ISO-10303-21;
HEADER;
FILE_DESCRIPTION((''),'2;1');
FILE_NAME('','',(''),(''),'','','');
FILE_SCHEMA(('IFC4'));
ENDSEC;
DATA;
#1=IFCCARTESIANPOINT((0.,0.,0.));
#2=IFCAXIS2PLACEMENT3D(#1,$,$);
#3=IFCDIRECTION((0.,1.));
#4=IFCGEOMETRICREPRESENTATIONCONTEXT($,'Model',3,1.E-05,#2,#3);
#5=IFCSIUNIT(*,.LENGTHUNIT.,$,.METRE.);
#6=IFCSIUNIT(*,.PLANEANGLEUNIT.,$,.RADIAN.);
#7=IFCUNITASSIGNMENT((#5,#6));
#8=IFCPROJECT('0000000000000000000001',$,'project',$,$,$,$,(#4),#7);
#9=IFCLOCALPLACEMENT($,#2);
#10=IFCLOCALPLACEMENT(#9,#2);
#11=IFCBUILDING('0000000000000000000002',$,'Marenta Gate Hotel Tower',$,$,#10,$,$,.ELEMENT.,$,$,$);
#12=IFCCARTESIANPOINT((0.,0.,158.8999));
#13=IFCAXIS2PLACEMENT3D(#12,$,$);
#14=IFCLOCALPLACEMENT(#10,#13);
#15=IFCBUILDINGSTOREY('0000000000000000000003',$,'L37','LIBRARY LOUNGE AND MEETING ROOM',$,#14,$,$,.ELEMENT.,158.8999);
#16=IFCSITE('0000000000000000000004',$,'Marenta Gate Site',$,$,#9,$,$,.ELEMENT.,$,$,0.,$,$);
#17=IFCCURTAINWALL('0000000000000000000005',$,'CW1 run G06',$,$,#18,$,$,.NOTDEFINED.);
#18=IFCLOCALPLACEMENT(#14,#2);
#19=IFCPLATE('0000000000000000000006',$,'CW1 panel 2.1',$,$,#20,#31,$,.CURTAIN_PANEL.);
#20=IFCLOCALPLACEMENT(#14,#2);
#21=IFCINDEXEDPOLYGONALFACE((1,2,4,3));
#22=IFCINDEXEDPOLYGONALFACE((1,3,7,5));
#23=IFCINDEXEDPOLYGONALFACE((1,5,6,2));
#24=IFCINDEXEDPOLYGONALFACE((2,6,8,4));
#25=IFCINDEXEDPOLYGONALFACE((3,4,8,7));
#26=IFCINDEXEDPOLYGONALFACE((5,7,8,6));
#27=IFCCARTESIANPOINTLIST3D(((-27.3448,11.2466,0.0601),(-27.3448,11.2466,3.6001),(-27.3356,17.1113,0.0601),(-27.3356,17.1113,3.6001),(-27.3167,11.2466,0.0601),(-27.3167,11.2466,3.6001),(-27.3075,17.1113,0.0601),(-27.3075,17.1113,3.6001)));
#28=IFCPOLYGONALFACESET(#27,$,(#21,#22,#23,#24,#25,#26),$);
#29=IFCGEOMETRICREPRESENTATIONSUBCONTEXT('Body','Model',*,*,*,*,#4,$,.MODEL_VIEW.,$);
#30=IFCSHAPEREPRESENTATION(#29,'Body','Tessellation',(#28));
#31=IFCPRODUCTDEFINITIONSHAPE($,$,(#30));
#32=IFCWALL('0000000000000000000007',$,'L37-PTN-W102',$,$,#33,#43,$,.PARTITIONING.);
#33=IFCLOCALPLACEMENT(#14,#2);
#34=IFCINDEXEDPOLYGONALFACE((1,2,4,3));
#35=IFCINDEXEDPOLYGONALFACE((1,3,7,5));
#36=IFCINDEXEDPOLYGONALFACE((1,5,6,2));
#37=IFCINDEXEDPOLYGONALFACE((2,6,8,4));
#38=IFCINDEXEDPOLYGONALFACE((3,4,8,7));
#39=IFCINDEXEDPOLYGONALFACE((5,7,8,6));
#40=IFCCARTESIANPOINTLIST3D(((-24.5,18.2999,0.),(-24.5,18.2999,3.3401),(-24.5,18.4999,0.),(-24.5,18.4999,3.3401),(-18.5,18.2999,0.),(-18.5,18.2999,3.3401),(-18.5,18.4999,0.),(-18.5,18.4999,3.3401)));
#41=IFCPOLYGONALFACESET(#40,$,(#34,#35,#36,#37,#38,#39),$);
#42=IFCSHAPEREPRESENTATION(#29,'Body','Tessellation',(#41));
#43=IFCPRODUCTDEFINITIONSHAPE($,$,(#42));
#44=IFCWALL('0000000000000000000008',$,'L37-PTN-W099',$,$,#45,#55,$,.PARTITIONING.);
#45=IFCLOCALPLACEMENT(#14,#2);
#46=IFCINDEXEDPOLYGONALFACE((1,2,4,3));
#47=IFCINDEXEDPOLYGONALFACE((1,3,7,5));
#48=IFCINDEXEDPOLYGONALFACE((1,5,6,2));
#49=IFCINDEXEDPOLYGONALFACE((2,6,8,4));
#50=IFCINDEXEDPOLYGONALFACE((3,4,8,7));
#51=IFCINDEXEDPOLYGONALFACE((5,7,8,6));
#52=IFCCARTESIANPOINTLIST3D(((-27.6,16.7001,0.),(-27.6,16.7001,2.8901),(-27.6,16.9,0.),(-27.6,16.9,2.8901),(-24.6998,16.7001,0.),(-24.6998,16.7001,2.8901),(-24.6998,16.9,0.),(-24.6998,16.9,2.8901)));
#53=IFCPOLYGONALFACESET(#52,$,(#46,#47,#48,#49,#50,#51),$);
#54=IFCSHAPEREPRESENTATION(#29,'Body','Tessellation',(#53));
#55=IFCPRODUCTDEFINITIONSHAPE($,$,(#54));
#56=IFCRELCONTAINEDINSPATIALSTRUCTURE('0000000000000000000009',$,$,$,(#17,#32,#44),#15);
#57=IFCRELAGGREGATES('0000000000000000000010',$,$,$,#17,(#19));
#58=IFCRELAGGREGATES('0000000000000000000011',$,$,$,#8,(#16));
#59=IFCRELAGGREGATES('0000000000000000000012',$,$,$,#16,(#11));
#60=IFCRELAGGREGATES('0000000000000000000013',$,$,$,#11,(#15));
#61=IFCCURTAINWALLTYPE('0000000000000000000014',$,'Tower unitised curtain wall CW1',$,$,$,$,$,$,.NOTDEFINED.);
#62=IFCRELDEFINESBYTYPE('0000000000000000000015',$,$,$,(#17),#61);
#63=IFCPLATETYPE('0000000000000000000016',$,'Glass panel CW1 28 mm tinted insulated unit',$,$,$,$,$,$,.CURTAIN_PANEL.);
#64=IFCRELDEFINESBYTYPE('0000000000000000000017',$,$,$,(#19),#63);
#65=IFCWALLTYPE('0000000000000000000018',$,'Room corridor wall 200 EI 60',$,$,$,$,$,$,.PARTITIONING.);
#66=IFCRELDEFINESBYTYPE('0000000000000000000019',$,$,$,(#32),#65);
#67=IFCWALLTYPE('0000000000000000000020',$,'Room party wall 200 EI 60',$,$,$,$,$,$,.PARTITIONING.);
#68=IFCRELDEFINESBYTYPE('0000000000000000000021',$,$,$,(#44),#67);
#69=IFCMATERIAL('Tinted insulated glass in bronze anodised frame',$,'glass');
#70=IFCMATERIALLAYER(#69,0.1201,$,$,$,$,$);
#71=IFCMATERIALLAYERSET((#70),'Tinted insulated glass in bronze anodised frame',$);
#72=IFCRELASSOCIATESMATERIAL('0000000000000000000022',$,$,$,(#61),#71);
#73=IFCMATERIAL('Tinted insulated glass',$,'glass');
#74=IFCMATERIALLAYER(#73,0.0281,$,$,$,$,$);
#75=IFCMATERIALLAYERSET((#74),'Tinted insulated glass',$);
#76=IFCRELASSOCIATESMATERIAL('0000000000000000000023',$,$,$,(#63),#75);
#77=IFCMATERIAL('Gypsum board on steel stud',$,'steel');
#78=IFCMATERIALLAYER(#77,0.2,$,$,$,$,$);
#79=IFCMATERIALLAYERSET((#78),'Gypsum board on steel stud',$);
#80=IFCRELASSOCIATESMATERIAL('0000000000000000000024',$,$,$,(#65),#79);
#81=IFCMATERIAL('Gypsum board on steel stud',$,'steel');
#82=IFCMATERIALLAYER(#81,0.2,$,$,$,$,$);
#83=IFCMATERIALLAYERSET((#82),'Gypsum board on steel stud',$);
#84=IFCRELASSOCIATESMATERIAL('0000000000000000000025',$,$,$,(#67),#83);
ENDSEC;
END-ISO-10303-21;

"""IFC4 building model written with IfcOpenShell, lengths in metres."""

from ifc_helpers import new_model, si_unit, direction, frame, frame_2d, origin, origin_2d, place, context, subcontext, project, spatial, rectangle, extrude, material, layer, layer_set, type_object, element, aggregate, save


model = new_model("IFC4")

# Units and contexts
model_context = context("Model", 3, precision=1e-05, world=origin(), true_north=direction((0.0, 1.0)))
body_context = subcontext(model_context, "Body", "Model", "MODEL_VIEW")
ifc_project = project(units=[si_unit("LENGTHUNIT", "METRE"), si_unit("PLANEANGLEUNIT", "RADIAN")], contexts=[model_context])

# Site, building, storey
site_placement = place(None, origin())
site = spatial("IfcSite", under=ifc_project, at=site_placement, Name="Marenta Gate Site", CompositionType="ELEMENT", RefElevation=0.0)
building_placement = place(site_placement, origin())
building = spatial("IfcBuilding", under=site, at=building_placement, Name="Marenta Gate Hotel Tower", CompositionType="ELEMENT")
storey_placement = place(building_placement, frame((0.0, 0.0, 158.8999)))
storey = spatial("IfcBuildingStorey", under=building, at=storey_placement, Name="L37", Description="LIBRARY LOUNGE AND MEETING ROOM", CompositionType="ELEMENT", Elevation=158.8999)

# Shared definitions
ifc_material_1 = material(Name="Tinted insulated glass in bronze anodised frame", Category="glass")
ifc_layer_1 = layer(ifc_material_1, 0.1201)
ifc_layer_set_1 = layer_set([ifc_layer_1], Name="Tinted insulated glass in bronze anodised frame")
curtain_wall_type = type_object("IfcCurtainWallType", Name="Tower unitised curtain wall CW1", PredefinedType="NOTDEFINED", material=ifc_layer_set_1)

# Curtain wall
curtain_wall_1_placement = place(storey_placement, origin())
curtain_wall_1 = element("IfcCurtainWall", 1, at=curtain_wall_1_placement, inside=storey, type_object=curtain_wall_type, Name="CW1 run G06", PredefinedType="NOTDEFINED")

# Plate
ifc_material_2 = material(Name="Tinted insulated glass", Category="glass")
ifc_layer_2 = layer(ifc_material_2, 0.0281)
ifc_layer_set_2 = layer_set([ifc_layer_2], Name="Tinted insulated glass")
plate_type = type_object("IfcPlateType", Name="Glass panel CW1 28 mm tinted insulated unit", PredefinedType="CURTAIN_PANEL", material=ifc_layer_set_2)
plate_1_placement = place(storey_placement, frame((-27.3262, 14.179, 0.0601), z_axis=(0.0, 0.0, 1.0), x_axis=(-0.00157, -0.999999, 0.0)))
plate_1 = element("IfcPlate", 2, at=plate_1_placement, type_object=plate_type, Name="CW1 panel 2.1", PredefinedType="CURTAIN_PANEL", context=body_context, shape_type="SweptSolid", body=[
    extrude(rectangle(XDim=5.8647, YDim=0.0281, at=origin_2d()), origin(), (0.0, 0.0, 1.0), 3.54),
])
aggregate(curtain_wall_1, [plate_1])

# Walls
ifc_material_3 = material(Name="Gypsum board on steel stud", Category="steel")
ifc_layer_3 = layer(ifc_material_3, 0.2)
ifc_layer_set_3 = layer_set([ifc_layer_3], Name="Gypsum board on steel stud")
wall_type_1 = type_object("IfcWallType", Name="Room corridor wall 200 EI 60", PredefinedType="PARTITIONING", material=ifc_layer_set_3)
wall_1_placement = place(storey_placement, frame((-24.5, 18.3999, 0.0), z_axis=(0.0, 0.0, 1.0), x_axis=(1.0, 0.0, 0.0)))
element("IfcWall", 3, at=wall_1_placement, inside=storey, type_object=wall_type_1, Name="L37-PTN-W102", PredefinedType="PARTITIONING", context=body_context, shape_type="SweptSolid", body=[
    extrude(rectangle(XDim=6.0, YDim=0.2, at=frame_2d((3.0, 0.0))), origin(), (0.0, 0.0, 1.0), 3.3401),
])
ifc_material_4 = material(Name="Gypsum board on steel stud", Category="steel")
ifc_layer_4 = layer(ifc_material_4, 0.2)
ifc_layer_set_4 = layer_set([ifc_layer_4], Name="Gypsum board on steel stud")
wall_type_2 = type_object("IfcWallType", Name="Room party wall 200 EI 60", PredefinedType="PARTITIONING", material=ifc_layer_set_4)
wall_2_placement = place(storey_placement, frame((-27.6001, 16.8, 0.0), z_axis=(0.0, 0.0, 1.0), x_axis=(1.0, 0.0, 0.0)))
element("IfcWall", 4, at=wall_2_placement, inside=storey, type_object=wall_type_2, Name="L37-PTN-W099", PredefinedType="PARTITIONING", context=body_context, shape_type="SweptSolid", body=[
    extrude(rectangle(XDim=2.9001, YDim=0.2, at=frame_2d((1.4502, 0.0))), origin(), (0.0, 0.0, 1.0), 2.8901),
])

save(model, "model.ifc")
